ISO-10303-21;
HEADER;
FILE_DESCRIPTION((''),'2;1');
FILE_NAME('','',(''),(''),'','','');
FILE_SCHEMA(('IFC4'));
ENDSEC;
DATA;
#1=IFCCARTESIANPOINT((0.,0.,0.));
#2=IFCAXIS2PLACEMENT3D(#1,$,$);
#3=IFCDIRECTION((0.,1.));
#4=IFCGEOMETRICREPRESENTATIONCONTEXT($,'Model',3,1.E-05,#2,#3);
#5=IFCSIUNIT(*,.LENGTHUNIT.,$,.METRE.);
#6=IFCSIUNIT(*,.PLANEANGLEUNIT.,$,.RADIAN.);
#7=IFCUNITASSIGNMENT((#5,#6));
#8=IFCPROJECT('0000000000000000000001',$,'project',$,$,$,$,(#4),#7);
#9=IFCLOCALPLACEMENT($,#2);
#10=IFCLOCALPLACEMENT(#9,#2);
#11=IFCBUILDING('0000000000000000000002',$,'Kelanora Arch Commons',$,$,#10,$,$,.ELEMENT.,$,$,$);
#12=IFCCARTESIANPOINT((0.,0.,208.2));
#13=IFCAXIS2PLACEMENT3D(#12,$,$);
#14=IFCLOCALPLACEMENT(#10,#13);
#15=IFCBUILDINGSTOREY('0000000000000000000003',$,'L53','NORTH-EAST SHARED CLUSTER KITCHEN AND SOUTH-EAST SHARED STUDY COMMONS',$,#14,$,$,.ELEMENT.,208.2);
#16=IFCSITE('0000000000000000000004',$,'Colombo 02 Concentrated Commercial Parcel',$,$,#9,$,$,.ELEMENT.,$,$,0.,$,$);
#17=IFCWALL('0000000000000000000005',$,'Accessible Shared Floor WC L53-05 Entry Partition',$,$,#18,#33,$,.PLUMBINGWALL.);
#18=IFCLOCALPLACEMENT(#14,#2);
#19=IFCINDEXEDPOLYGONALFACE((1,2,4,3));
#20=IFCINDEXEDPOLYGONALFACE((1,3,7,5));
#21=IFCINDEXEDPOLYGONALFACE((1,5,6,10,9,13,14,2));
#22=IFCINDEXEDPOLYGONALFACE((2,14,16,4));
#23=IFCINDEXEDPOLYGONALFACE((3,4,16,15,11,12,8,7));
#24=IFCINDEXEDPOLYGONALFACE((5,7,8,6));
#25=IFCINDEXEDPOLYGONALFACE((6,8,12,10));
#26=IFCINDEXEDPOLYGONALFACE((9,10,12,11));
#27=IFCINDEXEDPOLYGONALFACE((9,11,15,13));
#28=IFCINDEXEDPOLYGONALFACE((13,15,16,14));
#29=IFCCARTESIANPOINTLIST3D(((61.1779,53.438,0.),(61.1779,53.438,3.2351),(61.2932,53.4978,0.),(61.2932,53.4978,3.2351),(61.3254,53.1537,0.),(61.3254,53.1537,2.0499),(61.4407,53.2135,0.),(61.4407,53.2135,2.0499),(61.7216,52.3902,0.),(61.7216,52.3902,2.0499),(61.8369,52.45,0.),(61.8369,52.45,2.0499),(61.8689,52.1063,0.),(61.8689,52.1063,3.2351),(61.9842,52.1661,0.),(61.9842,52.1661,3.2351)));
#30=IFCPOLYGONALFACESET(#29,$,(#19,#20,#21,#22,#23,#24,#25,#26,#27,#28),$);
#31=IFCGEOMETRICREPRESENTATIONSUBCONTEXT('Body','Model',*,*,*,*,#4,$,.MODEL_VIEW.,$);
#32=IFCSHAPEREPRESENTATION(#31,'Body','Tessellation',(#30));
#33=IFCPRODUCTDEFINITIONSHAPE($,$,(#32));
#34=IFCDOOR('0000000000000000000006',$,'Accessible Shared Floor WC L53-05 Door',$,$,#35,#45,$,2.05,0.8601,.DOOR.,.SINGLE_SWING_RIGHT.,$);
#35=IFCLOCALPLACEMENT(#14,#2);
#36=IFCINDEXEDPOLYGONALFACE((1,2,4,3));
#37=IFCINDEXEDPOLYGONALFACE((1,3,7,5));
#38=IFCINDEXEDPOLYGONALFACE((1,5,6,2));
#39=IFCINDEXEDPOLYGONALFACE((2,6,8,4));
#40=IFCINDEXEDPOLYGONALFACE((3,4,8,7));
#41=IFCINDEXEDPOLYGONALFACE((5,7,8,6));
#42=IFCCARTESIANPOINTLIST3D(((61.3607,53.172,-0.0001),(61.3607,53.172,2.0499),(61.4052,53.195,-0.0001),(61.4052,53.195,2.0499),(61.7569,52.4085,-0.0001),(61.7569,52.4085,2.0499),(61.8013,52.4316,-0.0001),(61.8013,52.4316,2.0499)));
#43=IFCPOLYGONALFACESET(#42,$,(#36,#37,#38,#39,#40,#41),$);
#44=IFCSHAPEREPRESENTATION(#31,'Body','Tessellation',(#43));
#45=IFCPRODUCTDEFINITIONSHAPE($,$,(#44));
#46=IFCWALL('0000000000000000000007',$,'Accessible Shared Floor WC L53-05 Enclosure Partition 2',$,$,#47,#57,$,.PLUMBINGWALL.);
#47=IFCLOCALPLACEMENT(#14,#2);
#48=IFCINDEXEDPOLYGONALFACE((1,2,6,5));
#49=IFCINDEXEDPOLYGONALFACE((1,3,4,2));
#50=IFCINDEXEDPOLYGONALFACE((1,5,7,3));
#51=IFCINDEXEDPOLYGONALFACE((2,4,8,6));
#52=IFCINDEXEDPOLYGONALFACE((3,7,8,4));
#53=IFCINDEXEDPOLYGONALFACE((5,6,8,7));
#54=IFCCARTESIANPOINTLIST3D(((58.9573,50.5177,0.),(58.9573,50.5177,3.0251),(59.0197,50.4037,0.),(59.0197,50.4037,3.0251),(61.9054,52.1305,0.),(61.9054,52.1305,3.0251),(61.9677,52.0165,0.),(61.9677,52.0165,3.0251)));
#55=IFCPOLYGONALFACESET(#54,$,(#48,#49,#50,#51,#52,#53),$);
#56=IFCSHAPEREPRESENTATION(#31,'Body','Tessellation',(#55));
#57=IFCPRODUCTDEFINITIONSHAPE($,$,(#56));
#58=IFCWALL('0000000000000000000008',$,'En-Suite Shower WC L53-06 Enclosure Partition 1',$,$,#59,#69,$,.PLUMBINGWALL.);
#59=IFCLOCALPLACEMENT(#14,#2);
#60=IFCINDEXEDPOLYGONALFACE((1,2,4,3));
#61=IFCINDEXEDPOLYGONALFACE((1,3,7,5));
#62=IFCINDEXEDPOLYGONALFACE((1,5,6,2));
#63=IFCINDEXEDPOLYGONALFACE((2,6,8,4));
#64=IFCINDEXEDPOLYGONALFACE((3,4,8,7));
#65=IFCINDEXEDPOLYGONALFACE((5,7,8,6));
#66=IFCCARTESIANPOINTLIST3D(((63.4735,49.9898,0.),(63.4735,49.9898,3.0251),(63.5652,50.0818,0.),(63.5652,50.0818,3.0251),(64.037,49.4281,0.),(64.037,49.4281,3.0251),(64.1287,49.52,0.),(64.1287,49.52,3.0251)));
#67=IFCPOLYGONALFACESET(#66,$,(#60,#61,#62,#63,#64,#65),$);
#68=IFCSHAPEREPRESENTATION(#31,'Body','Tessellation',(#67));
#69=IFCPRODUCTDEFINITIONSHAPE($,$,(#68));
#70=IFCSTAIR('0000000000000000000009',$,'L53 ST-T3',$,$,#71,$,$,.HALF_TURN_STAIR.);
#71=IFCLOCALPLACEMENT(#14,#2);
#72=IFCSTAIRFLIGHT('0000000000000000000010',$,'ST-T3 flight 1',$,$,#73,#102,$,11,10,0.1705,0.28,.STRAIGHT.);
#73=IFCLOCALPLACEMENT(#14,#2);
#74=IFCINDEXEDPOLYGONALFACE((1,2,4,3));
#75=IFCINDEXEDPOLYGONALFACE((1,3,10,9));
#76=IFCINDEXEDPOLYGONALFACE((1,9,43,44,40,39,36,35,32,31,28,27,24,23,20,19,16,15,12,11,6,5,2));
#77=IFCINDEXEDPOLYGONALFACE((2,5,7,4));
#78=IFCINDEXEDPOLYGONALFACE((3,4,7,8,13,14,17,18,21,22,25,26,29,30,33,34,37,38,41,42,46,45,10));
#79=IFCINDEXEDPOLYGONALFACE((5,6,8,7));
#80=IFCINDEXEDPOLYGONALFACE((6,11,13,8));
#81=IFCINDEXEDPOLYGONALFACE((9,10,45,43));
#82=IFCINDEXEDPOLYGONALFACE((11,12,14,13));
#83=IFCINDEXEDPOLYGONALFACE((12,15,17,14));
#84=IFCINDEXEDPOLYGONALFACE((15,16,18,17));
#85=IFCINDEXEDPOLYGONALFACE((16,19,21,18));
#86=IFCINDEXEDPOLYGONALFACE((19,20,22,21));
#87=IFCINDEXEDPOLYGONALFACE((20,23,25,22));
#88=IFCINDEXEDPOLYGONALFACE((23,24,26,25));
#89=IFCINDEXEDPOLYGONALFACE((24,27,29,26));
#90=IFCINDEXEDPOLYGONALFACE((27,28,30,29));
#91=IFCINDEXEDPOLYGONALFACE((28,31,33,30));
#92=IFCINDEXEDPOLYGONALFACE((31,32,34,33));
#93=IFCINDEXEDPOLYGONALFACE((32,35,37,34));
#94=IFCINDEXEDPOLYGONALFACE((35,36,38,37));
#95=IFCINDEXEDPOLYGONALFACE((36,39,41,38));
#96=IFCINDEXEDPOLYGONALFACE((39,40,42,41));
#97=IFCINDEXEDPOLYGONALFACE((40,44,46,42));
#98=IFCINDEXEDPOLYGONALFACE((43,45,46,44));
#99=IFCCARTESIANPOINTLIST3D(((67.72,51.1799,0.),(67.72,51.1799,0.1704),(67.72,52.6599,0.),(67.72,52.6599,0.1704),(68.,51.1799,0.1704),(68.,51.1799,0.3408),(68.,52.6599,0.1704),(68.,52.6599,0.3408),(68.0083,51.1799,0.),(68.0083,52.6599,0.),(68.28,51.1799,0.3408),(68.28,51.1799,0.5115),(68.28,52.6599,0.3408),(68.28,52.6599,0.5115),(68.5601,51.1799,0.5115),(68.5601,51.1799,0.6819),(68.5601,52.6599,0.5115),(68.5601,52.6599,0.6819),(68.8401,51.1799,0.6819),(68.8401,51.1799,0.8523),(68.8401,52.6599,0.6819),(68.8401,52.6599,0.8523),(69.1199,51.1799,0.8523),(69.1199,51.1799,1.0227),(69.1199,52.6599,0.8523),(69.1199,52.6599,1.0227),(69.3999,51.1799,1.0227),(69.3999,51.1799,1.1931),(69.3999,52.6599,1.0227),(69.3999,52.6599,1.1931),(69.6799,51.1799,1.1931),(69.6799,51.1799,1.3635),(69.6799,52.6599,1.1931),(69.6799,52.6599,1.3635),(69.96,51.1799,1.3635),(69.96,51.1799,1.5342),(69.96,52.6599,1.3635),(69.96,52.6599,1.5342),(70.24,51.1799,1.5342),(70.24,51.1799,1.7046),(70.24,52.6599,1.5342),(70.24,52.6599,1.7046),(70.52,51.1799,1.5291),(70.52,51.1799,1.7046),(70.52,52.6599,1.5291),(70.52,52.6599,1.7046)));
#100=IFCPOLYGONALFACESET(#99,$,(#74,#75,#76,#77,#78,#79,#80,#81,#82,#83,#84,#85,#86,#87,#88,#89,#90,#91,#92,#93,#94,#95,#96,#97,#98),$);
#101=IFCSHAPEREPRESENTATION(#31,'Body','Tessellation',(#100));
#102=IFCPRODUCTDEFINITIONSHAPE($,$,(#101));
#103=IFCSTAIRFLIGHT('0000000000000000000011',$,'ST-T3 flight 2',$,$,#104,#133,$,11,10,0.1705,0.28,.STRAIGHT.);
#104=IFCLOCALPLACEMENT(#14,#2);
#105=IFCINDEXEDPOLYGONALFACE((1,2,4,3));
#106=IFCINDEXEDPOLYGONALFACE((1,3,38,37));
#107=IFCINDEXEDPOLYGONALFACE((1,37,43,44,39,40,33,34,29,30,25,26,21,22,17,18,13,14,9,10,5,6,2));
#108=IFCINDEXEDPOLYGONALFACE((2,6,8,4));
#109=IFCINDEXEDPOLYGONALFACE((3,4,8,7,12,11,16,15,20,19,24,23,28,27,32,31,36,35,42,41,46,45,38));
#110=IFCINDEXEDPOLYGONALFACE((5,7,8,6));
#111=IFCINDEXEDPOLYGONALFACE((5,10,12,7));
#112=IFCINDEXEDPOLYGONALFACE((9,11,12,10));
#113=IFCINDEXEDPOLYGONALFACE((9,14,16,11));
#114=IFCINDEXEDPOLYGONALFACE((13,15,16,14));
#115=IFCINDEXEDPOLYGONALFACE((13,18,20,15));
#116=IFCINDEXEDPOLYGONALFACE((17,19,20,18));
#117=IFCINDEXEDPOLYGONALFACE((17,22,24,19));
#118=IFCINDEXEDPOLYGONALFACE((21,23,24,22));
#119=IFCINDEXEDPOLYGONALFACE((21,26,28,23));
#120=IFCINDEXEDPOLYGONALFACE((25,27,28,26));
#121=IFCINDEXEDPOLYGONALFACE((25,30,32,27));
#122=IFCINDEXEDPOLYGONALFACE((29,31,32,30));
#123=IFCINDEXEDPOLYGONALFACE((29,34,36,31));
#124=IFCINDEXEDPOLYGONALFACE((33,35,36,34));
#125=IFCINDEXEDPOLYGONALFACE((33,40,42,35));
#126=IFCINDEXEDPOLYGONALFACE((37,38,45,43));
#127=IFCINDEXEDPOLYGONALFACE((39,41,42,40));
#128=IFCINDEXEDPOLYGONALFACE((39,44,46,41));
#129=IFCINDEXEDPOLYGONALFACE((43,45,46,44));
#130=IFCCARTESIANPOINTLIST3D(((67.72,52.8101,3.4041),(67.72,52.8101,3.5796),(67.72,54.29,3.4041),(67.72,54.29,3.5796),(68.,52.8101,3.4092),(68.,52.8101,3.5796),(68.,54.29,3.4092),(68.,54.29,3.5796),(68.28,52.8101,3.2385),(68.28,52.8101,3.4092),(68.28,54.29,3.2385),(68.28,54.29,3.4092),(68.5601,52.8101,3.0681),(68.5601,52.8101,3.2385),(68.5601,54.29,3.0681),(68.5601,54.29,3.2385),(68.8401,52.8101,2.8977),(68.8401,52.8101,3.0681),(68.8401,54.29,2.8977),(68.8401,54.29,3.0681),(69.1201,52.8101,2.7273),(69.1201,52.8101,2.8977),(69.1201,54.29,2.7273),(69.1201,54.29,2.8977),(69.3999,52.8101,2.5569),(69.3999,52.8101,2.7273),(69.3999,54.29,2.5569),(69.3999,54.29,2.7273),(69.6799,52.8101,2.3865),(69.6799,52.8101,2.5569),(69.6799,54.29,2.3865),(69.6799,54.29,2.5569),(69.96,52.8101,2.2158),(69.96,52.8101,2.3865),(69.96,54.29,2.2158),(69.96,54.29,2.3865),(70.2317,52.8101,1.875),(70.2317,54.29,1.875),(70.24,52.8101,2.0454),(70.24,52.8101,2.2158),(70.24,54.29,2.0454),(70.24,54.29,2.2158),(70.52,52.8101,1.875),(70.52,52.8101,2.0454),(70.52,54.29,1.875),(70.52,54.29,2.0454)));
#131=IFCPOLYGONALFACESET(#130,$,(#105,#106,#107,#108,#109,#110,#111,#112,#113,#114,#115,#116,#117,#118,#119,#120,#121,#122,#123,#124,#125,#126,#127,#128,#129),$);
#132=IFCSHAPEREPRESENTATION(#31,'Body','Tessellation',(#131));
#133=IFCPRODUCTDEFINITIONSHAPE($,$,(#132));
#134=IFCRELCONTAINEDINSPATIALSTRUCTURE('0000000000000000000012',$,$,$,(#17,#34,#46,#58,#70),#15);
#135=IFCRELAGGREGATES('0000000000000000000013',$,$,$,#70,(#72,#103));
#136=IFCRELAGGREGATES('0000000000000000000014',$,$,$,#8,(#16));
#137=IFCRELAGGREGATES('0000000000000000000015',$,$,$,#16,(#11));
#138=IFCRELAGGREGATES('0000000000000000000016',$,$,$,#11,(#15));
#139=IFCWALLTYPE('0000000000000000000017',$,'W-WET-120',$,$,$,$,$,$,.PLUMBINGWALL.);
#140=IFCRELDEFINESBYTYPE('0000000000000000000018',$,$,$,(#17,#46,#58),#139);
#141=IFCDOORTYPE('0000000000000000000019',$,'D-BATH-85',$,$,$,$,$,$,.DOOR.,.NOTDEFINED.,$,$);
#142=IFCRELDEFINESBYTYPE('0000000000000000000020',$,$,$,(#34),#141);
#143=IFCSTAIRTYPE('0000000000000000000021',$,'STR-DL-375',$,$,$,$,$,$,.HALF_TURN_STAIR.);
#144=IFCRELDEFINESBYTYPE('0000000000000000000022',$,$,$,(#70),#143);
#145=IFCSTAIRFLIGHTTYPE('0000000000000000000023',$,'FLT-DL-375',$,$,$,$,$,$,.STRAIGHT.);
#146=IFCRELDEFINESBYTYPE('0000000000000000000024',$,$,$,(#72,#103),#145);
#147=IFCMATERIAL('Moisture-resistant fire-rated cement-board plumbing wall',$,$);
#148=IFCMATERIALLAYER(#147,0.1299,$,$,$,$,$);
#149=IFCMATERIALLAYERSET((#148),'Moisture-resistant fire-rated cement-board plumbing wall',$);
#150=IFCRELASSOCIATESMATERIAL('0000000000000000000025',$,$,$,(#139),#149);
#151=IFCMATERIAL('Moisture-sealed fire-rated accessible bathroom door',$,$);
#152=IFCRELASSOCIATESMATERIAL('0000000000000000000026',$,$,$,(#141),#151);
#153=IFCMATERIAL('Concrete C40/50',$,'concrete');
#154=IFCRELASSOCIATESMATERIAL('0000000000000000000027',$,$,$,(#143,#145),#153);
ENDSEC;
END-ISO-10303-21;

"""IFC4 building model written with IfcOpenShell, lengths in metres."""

from ifc_helpers import new_model, si_unit, direction, frame, frame_2d, origin, place, context, subcontext, project, spatial, polyline, rectangle, outline, extrude, material, layer, layer_set, type_object, element, fill, aggregate, save


model = new_model("IFC4")

# Units and contexts
model_context = context("Model", 3, precision=1e-05, world=origin(), true_north=direction((0.0, 1.0)))
body_context = subcontext(model_context, "Body", "Model", "MODEL_VIEW")
ifc_project = project(units=[si_unit("LENGTHUNIT", "METRE"), si_unit("PLANEANGLEUNIT", "RADIAN")], contexts=[model_context])

# Site, building, storey
site_placement = place(None, origin())
site = spatial("IfcSite", under=ifc_project, at=site_placement, Name="Colombo 02 Concentrated Commercial Parcel", CompositionType="ELEMENT", RefElevation=0.0)
building_placement = place(site_placement, origin())
building = spatial("IfcBuilding", under=site, at=building_placement, Name="Kelanora Arch Commons", CompositionType="ELEMENT")
storey_placement = place(building_placement, frame((0.0, 0.0, 208.2)))
storey = spatial("IfcBuildingStorey", under=building, at=storey_placement, Name="L53", Description="NORTH-EAST SHARED CLUSTER KITCHEN AND SOUTH-EAST SHARED STUDY COMMONS", CompositionType="ELEMENT", Elevation=208.2)

# Shared definitions
ifc_material_1 = material(Name="Concrete C40/50", Category="concrete")

# Wall, opening, door
ifc_material_2 = material(Name="Moisture-resistant fire-rated cement-board plumbing wall")
ifc_layer_1 = layer(ifc_material_2, 0.1299)
ifc_layer_set_1 = layer_set([ifc_layer_1], Name="Moisture-resistant fire-rated cement-board plumbing wall")
wall_type_1 = type_object("IfcWallType", Name="W-WET-120", PredefinedType="PLUMBINGWALL", material=ifc_layer_set_1)
wall_1_placement = place(storey_placement, frame((61.2356, 53.4678, 0.0), z_axis=(0.0, 0.0, 1.0), x_axis=(0.460574, -0.887621, 0.0)))
wall_1 = element("IfcWall", 1, at=wall_1_placement, inside=storey, type_object=wall_type_1, Name="Accessible Shared Floor WC L53-05 Entry Partition", PredefinedType="PLUMBINGWALL", context=body_context, shape_type="SweptSolid", body=[
    extrude(rectangle(XDim=1.5002, YDim=0.1299, at=frame_2d((0.75, 0.0))), origin(), (0.0, 0.0, 1.0), 3.2351),
])
opening_1_placement = place(wall_1_placement, frame((0.3201, 0.0, 0.0)))
opening_1 = element("IfcOpeningElement", 2, at=opening_1_placement, cuts=wall_1, PredefinedType="OPENING", context=body_context, shape_type="SweptSolid", body=[
    extrude(rectangle(XDim=0.8601, YDim=2.05, at=frame_2d((0.4302, 1.0249))), frame((0.0, 0.075, 0.0), z_axis=(0.0, -1.0, 0.0), x_axis=(1.0, 0.0, 0.0)), (0.0, 0.0, 1.0), 0.1499),
])
ifc_material_3 = material(Name="Moisture-sealed fire-rated accessible bathroom door")
door_type_1 = type_object("IfcDoorType", Name="D-BATH-85", OperationType="NOTDEFINED", PredefinedType="DOOR", material=ifc_material_3)
door_1_placement = place(opening_1_placement, origin())
door_1 = element("IfcDoor", 3, at=door_1_placement, inside=storey, type_object=door_type_1, Name="Accessible Shared Floor WC L53-05 Door", OperationType="SINGLE_SWING_RIGHT", OverallHeight=2.05, OverallWidth=0.8601, PredefinedType="DOOR", context=body_context, shape_type="SweptSolid", body=[
    extrude(rectangle(XDim=0.8601, YDim=2.05, at=frame_2d((0.4302, 1.0249))), frame((0.0, 0.0249, 0.0), z_axis=(0.0, -1.0, 0.0), x_axis=(1.0, 0.0, 0.0)), (0.0, 0.0, 1.0), 0.05),
])
fill(opening_1, door_1)

# Walls
wall_2_placement = place(storey_placement, frame((61.9365, 52.0735, 0.0), z_axis=(0.0, 0.0, 1.0), x_axis=(-0.877295, -0.479951, 0.0)))
element("IfcWall", 4, at=wall_2_placement, inside=storey, type_object=wall_type_1, Name="Accessible Shared Floor WC L53-05 Enclosure Partition 2", PredefinedType="PLUMBINGWALL", context=body_context, shape_type="SweptSolid", body=[
    extrude(rectangle(XDim=3.3604, YDim=0.1299, at=frame_2d((1.6802, 0.0))), origin(), (0.0, 0.0, 1.0), 3.0251),
])
wall_3_placement = place(storey_placement, frame((63.5193, 50.0359, 0.0), z_axis=(0.0, 0.0, 1.0), x_axis=(0.70818, -0.706032, 0.0)))
element("IfcWall", 5, at=wall_3_placement, inside=storey, type_object=wall_type_1, Name="En-Suite Shower WC L53-06 Enclosure Partition 1", PredefinedType="PLUMBINGWALL", context=body_context, shape_type="SweptSolid", body=[
    extrude(rectangle(XDim=0.7957, YDim=0.1299, at=frame_2d((0.3979, 0.0))), origin(), (0.0, 0.0, 1.0), 3.0251),
])

# Stair, stair flights
stair_type = type_object("IfcStairType", Name="STR-DL-375", PredefinedType="HALF_TURN_STAIR", material=ifc_material_1)
stair_placement = place(storey_placement, origin())
stair = element("IfcStair", 6, at=stair_placement, inside=storey, type_object=stair_type, Name="L53 ST-T3", PredefinedType="HALF_TURN_STAIR")
stair_flight_type = type_object("IfcStairFlightType", Name="FLT-DL-375", PredefinedType="STRAIGHT", material=ifc_material_1)
stair_flight_1_placement = place(storey_placement, frame((67.72, 51.9199, 0.0), z_axis=(0.0, 0.0, 1.0), x_axis=(1.0, 0.0, 0.0)))
stair_flight_1 = element("IfcStairFlight", 7, at=stair_flight_1_placement, type_object=stair_flight_type, Name="ST-T3 flight 1", NumberOfRisers=11, NumberOfTreads=10, PredefinedType="STRAIGHT", RiserHeight=0.1705, TreadLength=0.28, context=body_context, shape_type="SweptSolid", body=[
    extrude(outline(polyline([(0.0, 0.0), (0.0, 0.1704), (0.28, 0.1704), (0.28, 0.3408), (0.5601, 0.3408), (0.5601, 0.5115), (0.8401, 0.5115), (0.8401, 0.6819), (1.1201, 0.6819), (1.1201, 0.8523), (1.3999, 0.8523), (1.3999, 1.0227), (1.6799, 1.0227), (1.6799, 1.1931), (1.96, 1.1931), (1.96, 1.3635), (2.24, 1.3635), (2.24, 1.5342), (2.52, 1.5342), (2.52, 1.7046), (2.8, 1.7046), (2.8, 1.875), (2.8, 1.5291), (0.2883, 0.0), (0.0, 0.0)])), frame((0.0, 0.74, 0.0), z_axis=(0.0, -1.0, 0.0), x_axis=(1.0, 0.0, 0.0)), (0.0, 0.0, 1.0), 1.48),
])
stair_flight_2_placement = place(storey_placement, frame((70.52, 53.55, 1.875), z_axis=(0.0, 0.0, 1.0), x_axis=(-1.0, 0.0, 0.0)))
stair_flight_2 = element("IfcStairFlight", 8, at=stair_flight_2_placement, type_object=stair_flight_type, Name="ST-T3 flight 2", NumberOfRisers=11, NumberOfTreads=10, PredefinedType="STRAIGHT", RiserHeight=0.1705, TreadLength=0.28, context=body_context, shape_type="SweptSolid", body=[
    extrude(outline(polyline([(0.0, 0.0), (0.0, 0.1704), (0.28, 0.1704), (0.28, 0.3408), (0.5601, 0.3408), (0.5601, 0.5115), (0.8401, 0.5115), (0.8401, 0.6819), (1.1201, 0.6819), (1.1201, 0.8523), (1.3999, 0.8523), (1.3999, 1.0227), (1.6799, 1.0227), (1.6799, 1.1931), (1.96, 1.1931), (1.96, 1.3635), (2.24, 1.3635), (2.24, 1.5342), (2.52, 1.5342), (2.52, 1.7046), (2.8, 1.7046), (2.8, 1.875), (2.8, 1.5291), (0.2883, 0.0), (0.0, 0.0)])), frame((0.0, 0.74, 0.0), z_axis=(0.0, -1.0, 0.0), x_axis=(1.0, 0.0, 0.0)), (0.0, 0.0, 1.0), 1.48),
])
aggregate(stair, [stair_flight_1, stair_flight_2])

save(model, "model.ifc")
